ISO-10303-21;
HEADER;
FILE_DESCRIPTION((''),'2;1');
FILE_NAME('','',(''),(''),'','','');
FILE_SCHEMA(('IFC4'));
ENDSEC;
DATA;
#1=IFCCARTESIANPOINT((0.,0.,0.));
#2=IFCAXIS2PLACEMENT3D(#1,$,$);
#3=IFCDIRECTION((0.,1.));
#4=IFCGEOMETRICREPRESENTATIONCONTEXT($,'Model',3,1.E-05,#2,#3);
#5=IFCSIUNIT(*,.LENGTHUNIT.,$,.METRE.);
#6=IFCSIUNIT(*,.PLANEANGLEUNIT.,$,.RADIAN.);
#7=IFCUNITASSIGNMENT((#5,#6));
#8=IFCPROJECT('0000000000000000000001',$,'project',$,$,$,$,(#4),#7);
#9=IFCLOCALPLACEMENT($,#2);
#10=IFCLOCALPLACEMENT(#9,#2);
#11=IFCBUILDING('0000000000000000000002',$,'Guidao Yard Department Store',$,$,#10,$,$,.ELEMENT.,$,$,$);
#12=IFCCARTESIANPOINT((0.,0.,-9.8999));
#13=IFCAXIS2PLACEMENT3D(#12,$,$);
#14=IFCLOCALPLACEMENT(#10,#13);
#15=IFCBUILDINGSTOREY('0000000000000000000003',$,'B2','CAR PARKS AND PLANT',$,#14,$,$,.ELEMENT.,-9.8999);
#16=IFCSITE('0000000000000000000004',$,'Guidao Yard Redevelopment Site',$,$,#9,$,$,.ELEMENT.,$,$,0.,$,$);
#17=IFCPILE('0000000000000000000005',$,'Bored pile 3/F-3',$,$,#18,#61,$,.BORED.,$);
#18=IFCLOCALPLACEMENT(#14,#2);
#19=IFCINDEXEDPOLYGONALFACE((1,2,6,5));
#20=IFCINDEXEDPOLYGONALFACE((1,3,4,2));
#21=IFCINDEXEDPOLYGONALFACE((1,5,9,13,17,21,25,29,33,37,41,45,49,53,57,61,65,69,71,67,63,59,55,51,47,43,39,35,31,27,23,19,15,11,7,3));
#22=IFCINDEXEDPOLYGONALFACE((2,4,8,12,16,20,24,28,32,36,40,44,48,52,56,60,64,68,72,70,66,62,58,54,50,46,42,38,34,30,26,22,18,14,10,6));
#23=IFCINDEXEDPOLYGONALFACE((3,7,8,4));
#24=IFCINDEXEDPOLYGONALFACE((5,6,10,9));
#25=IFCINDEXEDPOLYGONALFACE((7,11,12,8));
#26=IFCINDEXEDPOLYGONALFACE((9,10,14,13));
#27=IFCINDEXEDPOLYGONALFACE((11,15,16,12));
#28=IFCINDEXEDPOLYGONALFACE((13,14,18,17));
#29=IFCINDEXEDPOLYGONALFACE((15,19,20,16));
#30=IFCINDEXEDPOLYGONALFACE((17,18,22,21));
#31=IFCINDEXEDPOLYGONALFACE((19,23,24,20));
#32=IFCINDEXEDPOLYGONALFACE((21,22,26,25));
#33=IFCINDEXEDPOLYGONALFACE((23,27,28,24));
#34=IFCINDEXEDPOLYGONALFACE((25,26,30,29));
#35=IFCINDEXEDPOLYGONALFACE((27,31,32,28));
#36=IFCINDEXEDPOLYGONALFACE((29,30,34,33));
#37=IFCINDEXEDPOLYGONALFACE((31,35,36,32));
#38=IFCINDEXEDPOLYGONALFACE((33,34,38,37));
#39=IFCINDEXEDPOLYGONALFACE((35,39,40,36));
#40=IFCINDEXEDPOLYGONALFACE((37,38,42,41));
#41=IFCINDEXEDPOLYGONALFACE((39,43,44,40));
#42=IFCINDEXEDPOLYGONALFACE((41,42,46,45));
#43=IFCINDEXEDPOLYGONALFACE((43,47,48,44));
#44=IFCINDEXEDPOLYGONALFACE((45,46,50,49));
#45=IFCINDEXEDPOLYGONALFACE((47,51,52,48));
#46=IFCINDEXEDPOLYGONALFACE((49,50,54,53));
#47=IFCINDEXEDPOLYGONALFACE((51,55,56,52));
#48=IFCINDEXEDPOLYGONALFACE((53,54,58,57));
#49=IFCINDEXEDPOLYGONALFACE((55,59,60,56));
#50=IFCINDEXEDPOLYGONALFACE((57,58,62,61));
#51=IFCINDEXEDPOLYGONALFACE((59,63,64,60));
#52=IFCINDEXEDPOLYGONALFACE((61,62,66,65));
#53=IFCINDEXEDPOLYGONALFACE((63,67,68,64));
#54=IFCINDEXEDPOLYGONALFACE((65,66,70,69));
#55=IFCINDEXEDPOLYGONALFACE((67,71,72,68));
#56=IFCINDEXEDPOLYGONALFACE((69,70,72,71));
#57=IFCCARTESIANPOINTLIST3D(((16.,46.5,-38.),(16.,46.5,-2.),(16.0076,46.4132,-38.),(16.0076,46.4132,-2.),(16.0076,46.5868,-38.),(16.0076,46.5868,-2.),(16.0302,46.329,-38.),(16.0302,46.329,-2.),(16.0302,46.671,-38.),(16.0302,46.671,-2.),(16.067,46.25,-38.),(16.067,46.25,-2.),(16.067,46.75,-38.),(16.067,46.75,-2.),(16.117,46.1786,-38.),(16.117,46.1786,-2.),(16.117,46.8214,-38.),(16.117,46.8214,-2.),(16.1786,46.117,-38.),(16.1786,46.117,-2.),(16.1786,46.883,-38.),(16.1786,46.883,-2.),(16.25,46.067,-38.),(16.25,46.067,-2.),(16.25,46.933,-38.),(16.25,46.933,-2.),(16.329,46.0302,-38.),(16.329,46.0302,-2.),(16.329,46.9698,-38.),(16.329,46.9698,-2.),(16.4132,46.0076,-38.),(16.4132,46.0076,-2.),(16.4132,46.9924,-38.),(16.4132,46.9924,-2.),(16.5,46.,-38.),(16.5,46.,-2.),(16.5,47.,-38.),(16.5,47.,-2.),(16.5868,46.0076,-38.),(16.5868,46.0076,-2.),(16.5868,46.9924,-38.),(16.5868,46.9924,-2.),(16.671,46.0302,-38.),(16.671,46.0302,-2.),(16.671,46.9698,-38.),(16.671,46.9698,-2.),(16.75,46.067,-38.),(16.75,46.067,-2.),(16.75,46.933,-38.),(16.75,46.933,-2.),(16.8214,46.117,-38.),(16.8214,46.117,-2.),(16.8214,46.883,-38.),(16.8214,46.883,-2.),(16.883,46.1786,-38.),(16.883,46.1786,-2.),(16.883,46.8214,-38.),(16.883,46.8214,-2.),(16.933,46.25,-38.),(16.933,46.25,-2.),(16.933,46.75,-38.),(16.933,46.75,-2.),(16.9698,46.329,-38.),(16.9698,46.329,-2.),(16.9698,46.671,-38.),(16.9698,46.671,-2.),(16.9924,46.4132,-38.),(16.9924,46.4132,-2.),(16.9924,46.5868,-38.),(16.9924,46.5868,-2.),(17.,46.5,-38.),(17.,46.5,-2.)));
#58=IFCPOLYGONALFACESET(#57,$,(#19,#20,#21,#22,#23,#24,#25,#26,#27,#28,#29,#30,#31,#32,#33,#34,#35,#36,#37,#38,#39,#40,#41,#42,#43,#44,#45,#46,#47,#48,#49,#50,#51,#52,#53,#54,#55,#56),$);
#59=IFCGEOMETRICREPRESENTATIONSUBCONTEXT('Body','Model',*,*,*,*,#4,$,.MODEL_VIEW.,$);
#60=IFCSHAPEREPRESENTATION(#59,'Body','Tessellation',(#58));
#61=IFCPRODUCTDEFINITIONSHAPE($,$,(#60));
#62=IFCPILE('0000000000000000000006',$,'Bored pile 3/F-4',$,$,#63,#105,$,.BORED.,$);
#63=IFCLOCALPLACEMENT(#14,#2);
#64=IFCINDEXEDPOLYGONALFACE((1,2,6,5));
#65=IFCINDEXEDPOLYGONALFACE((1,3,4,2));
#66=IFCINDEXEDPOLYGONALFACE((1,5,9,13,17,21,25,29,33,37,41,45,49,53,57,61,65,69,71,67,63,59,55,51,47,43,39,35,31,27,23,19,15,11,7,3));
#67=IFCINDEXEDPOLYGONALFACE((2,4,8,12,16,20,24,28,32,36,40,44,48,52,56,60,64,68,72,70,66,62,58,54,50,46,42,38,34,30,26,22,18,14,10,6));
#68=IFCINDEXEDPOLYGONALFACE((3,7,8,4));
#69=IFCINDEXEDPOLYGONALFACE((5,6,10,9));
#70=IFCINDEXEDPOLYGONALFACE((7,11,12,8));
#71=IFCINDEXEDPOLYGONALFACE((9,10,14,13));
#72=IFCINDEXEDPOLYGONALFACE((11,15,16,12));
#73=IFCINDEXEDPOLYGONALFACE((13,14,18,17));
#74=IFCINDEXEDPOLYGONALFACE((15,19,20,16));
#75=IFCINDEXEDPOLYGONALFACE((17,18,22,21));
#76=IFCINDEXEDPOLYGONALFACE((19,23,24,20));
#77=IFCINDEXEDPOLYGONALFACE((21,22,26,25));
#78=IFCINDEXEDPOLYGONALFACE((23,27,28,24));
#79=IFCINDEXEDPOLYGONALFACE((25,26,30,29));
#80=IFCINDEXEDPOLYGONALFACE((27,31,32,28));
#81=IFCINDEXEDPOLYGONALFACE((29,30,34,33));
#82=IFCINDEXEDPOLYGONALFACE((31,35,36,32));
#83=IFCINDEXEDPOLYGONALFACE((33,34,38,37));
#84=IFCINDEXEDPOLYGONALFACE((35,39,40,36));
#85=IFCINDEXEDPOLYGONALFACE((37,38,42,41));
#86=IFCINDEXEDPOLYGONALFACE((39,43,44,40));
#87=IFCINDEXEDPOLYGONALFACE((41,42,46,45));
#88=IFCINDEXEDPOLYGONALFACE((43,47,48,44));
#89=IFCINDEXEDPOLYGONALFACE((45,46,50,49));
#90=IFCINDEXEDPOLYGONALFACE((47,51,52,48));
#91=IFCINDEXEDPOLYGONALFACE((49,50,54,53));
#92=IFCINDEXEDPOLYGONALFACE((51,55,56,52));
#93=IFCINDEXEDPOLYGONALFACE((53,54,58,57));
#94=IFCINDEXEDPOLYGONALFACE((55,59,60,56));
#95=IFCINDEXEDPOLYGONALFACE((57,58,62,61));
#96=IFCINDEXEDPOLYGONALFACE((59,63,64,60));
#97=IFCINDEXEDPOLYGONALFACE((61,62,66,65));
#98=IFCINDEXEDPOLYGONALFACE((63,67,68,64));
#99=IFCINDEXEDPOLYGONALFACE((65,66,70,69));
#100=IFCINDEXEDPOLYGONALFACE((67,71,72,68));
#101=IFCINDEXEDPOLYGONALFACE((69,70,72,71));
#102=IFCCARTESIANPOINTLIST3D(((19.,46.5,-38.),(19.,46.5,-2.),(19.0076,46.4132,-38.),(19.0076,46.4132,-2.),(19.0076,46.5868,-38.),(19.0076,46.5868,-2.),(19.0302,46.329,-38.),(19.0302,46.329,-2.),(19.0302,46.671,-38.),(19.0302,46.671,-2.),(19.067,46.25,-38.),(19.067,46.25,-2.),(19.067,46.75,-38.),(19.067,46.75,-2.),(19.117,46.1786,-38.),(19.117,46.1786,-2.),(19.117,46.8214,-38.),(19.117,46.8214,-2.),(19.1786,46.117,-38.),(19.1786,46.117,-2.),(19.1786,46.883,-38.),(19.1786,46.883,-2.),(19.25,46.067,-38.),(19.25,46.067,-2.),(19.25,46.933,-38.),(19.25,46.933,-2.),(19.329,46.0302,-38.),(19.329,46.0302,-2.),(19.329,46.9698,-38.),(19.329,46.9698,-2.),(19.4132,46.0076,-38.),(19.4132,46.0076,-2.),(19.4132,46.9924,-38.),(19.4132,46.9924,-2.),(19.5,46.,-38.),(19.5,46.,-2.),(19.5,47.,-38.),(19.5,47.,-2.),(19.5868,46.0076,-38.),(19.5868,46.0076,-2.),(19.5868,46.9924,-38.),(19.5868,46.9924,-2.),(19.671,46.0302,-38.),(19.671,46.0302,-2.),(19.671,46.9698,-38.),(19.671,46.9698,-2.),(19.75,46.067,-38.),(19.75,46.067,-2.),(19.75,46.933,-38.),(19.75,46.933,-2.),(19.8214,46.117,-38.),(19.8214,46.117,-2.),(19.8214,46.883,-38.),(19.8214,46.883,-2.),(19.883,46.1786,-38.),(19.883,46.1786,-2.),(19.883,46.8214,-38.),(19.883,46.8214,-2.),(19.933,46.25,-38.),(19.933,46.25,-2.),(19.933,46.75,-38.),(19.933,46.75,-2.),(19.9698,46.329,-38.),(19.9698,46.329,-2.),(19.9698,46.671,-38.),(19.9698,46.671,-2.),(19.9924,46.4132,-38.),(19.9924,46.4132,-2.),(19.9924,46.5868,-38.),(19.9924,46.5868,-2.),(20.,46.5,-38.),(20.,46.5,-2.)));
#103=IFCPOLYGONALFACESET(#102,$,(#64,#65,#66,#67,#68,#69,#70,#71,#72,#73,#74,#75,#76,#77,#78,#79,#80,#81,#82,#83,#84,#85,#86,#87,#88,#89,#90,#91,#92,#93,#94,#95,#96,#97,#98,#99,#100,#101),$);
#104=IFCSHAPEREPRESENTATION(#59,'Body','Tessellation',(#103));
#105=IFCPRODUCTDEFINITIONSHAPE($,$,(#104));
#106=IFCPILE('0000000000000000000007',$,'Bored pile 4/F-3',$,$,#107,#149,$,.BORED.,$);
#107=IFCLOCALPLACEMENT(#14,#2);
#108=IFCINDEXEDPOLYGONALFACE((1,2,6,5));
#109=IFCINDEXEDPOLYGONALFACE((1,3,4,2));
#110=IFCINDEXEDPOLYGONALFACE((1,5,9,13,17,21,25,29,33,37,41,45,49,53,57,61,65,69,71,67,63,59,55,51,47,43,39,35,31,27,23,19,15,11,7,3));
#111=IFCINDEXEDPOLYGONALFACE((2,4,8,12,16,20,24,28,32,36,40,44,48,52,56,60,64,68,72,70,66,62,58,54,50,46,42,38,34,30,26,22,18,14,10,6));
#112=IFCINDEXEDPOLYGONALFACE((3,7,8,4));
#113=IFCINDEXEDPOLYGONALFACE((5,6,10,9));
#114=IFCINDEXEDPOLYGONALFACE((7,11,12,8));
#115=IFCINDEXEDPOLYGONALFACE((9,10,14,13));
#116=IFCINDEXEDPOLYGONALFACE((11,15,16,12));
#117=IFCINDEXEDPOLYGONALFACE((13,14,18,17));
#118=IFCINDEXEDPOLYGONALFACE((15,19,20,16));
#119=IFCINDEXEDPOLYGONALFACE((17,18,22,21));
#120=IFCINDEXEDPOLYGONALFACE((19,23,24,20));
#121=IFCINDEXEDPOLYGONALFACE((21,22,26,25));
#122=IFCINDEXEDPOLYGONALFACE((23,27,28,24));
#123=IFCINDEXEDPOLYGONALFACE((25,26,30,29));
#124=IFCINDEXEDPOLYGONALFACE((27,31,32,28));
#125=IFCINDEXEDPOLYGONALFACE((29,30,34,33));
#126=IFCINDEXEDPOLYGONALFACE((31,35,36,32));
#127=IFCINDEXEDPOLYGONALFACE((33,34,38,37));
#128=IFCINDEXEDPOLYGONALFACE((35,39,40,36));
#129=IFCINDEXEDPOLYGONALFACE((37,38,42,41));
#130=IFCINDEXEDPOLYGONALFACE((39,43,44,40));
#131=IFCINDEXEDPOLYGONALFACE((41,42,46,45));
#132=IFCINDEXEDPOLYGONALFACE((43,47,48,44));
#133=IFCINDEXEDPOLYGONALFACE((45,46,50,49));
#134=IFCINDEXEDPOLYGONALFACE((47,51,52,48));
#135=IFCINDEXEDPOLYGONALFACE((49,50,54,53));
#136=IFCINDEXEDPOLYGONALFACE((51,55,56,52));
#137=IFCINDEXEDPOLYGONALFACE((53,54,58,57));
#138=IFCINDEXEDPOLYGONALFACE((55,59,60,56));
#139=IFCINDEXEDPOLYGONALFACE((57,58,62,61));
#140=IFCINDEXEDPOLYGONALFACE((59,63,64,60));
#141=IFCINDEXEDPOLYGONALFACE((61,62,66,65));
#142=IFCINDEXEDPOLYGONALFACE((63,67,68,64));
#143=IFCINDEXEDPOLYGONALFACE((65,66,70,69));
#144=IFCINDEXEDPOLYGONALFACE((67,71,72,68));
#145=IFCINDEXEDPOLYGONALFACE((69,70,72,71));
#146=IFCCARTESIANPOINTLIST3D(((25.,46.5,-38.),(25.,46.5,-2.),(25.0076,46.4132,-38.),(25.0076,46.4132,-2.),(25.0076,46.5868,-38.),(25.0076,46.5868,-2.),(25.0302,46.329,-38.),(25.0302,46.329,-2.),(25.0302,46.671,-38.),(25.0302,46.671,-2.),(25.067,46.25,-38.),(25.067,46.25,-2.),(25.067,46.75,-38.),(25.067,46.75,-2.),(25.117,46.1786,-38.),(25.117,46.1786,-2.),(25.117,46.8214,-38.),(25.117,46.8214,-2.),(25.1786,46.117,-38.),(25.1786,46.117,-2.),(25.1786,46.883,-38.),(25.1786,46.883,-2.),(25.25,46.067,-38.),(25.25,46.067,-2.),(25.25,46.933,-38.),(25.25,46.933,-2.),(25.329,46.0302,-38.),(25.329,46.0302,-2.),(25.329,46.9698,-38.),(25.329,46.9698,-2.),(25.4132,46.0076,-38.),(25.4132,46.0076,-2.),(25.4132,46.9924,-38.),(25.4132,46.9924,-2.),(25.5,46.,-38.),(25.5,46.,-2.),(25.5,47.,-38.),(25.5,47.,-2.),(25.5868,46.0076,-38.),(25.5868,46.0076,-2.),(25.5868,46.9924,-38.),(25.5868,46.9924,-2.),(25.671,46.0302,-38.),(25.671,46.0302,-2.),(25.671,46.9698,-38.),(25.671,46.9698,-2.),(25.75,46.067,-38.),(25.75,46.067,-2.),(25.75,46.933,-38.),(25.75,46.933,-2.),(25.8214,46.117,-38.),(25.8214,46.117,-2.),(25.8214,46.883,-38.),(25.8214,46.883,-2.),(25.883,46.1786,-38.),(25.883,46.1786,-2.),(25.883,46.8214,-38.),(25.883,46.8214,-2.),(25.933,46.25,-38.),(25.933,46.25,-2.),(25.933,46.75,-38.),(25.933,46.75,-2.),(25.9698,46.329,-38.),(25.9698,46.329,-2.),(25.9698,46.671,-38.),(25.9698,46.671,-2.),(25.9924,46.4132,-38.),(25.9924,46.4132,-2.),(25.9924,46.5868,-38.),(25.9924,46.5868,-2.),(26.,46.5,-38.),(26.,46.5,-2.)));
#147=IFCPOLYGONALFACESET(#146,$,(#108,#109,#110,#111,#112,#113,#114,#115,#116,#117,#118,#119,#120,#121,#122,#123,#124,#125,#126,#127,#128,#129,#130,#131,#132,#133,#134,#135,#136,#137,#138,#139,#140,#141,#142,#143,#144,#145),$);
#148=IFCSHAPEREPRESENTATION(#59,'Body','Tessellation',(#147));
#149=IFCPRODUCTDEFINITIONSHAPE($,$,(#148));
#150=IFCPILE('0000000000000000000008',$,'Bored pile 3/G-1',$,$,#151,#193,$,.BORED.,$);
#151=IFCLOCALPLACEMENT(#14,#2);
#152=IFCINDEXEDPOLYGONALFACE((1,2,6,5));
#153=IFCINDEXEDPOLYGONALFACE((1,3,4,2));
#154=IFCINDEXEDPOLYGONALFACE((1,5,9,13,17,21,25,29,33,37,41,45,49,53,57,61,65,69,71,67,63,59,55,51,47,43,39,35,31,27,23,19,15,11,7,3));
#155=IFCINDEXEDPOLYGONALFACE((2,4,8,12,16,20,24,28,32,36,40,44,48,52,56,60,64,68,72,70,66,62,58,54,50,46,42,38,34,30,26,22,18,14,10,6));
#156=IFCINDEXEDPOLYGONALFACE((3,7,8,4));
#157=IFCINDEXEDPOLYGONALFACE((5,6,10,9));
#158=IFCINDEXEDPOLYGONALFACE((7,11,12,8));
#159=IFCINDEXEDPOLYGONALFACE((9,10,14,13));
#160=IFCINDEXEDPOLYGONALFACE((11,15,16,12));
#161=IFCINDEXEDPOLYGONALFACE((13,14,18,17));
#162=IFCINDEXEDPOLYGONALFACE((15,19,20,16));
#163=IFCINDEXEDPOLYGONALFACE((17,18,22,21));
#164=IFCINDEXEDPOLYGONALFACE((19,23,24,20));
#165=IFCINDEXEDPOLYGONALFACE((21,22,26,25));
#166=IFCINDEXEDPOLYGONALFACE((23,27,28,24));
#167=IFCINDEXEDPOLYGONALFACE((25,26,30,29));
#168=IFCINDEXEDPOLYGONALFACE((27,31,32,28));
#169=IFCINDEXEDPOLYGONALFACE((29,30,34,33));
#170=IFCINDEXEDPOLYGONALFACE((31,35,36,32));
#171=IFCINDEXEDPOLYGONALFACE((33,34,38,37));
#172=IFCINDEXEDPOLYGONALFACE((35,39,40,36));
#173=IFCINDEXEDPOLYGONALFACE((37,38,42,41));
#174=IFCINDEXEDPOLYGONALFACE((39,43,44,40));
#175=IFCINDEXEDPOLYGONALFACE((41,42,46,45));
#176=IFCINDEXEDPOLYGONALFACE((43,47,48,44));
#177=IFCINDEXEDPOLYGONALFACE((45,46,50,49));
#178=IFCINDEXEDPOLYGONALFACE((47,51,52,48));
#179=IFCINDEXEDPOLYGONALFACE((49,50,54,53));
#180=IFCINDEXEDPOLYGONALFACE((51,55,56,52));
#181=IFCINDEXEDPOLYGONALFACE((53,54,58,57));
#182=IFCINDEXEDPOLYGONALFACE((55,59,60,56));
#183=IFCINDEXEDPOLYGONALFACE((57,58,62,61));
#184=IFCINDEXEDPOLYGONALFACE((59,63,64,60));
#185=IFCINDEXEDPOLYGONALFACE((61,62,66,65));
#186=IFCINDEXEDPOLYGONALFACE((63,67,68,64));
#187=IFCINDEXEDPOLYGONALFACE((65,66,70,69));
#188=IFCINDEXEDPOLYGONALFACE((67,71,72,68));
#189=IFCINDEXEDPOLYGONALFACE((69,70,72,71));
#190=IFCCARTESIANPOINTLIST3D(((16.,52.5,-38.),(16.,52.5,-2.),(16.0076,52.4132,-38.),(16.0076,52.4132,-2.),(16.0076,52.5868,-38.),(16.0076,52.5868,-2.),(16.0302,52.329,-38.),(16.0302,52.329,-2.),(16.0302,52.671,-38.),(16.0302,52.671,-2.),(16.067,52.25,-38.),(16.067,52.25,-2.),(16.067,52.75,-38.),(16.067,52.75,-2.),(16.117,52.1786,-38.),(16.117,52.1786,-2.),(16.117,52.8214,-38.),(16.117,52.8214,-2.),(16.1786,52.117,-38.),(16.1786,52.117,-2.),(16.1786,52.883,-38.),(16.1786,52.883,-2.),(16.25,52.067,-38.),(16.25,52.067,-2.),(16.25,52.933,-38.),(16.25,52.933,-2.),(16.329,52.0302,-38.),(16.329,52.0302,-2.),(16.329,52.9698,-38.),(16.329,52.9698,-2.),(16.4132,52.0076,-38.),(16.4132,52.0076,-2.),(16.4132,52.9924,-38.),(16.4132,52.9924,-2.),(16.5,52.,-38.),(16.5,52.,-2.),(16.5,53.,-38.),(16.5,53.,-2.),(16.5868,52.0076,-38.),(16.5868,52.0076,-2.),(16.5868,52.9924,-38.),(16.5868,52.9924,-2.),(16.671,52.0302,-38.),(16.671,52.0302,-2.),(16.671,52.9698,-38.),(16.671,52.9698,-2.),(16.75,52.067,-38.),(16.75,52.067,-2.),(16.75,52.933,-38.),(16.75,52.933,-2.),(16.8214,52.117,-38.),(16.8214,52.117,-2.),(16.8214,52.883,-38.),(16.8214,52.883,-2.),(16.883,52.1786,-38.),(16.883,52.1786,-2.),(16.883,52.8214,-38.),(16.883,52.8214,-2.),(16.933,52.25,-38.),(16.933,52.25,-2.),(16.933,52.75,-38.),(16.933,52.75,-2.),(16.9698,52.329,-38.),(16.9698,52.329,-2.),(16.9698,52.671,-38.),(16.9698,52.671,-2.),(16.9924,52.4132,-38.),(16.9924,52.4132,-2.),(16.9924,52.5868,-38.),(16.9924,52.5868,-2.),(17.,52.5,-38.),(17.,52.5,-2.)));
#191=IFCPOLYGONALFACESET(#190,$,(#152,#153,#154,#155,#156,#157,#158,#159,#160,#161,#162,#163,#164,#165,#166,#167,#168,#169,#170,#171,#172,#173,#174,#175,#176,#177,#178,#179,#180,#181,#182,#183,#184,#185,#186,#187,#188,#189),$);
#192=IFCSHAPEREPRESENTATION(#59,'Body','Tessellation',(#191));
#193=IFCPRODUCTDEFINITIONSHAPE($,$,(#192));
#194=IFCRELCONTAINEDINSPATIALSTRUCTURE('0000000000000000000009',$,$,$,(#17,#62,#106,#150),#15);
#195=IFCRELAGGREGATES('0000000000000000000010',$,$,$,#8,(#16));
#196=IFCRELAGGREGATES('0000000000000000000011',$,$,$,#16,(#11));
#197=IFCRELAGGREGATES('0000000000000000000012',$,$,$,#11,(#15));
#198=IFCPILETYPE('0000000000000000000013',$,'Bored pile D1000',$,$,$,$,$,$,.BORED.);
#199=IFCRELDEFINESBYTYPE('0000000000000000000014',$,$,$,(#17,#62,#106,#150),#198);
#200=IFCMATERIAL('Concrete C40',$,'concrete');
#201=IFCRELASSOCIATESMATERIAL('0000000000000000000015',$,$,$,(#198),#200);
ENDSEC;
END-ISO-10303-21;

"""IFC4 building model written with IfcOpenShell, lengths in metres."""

from ifc_helpers import new_model, si_unit, direction, frame, origin, origin_2d, place, context, subcontext, project, spatial, circle, extrude, material, material_profile, profile_set, type_object, element, save


model = new_model("IFC4")

# Units and contexts
model_context = context("Model", 3, precision=1e-05, world=origin(), true_north=direction((0.0, 1.0)))
body_context = subcontext(model_context, "Body", "Model", "MODEL_VIEW")
ifc_project = project(units=[si_unit("LENGTHUNIT", "METRE"), si_unit("PLANEANGLEUNIT", "RADIAN")], contexts=[model_context])

# Site, building, storey
site_placement = place(None, origin())
site = spatial("IfcSite", under=ifc_project, at=site_placement, Name="Guidao Yard Redevelopment Site", CompositionType="ELEMENT", RefElevation=0.0)
building_placement = place(site_placement, origin())
building = spatial("IfcBuilding", under=site, at=building_placement, Name="Guidao Yard Department Store", CompositionType="ELEMENT")
storey_placement = place(building_placement, frame((0.0, 0.0, -9.8999)))
storey = spatial("IfcBuildingStorey", under=building, at=storey_placement, Name="B2", Description="CAR PARKS AND PLANT", CompositionType="ELEMENT", Elevation=-9.8999)

# Piles
ifc_material_1 = material(Name="Concrete C40", Category="concrete")
ifc_material_profile_1 = material_profile(ifc_material_1, circle(Radius=0.5, at=origin_2d()), Name="Bored pile D1000")
ifc_profile_set_1 = profile_set([ifc_material_profile_1], Name="Concrete C40")
pile_type = type_object("IfcPileType", Name="Bored pile D1000", PredefinedType="BORED", material=ifc_profile_set_1)
for number, where, z_axis, x_axis, name in (
    (1, (16.5, 46.5, -2.0), (0.0, 0.0, -1.0), (1.0, 0.0, 0.0), "Bored pile 3/F-3"),
    (2, (19.5, 46.5, -2.0), (0.0, 0.0, -1.0), (1.0, 0.0, 0.0), "Bored pile 3/F-4"),
    (3, (25.5, 46.5, -2.0), (0.0, 0.0, -1.0), (1.0, 0.0, 0.0), "Bored pile 4/F-3"),
    (4, (16.5, 52.5, -2.0), (0.0, 0.0, -1.0), (1.0, 0.0, 0.0), "Bored pile 3/G-1"),
):
    element("IfcPile", number, at=place(storey_placement, frame(where, z_axis=z_axis, x_axis=x_axis)), inside=storey, type_object=pile_type, Name=name, PredefinedType="BORED", context=body_context, shape_type="SweptSolid", body=[
        extrude(circle(Radius=0.5, at=origin_2d()), origin(), (0.0, 0.0, 1.0), 36.0),
    ])

save(model, "model.ifc")
